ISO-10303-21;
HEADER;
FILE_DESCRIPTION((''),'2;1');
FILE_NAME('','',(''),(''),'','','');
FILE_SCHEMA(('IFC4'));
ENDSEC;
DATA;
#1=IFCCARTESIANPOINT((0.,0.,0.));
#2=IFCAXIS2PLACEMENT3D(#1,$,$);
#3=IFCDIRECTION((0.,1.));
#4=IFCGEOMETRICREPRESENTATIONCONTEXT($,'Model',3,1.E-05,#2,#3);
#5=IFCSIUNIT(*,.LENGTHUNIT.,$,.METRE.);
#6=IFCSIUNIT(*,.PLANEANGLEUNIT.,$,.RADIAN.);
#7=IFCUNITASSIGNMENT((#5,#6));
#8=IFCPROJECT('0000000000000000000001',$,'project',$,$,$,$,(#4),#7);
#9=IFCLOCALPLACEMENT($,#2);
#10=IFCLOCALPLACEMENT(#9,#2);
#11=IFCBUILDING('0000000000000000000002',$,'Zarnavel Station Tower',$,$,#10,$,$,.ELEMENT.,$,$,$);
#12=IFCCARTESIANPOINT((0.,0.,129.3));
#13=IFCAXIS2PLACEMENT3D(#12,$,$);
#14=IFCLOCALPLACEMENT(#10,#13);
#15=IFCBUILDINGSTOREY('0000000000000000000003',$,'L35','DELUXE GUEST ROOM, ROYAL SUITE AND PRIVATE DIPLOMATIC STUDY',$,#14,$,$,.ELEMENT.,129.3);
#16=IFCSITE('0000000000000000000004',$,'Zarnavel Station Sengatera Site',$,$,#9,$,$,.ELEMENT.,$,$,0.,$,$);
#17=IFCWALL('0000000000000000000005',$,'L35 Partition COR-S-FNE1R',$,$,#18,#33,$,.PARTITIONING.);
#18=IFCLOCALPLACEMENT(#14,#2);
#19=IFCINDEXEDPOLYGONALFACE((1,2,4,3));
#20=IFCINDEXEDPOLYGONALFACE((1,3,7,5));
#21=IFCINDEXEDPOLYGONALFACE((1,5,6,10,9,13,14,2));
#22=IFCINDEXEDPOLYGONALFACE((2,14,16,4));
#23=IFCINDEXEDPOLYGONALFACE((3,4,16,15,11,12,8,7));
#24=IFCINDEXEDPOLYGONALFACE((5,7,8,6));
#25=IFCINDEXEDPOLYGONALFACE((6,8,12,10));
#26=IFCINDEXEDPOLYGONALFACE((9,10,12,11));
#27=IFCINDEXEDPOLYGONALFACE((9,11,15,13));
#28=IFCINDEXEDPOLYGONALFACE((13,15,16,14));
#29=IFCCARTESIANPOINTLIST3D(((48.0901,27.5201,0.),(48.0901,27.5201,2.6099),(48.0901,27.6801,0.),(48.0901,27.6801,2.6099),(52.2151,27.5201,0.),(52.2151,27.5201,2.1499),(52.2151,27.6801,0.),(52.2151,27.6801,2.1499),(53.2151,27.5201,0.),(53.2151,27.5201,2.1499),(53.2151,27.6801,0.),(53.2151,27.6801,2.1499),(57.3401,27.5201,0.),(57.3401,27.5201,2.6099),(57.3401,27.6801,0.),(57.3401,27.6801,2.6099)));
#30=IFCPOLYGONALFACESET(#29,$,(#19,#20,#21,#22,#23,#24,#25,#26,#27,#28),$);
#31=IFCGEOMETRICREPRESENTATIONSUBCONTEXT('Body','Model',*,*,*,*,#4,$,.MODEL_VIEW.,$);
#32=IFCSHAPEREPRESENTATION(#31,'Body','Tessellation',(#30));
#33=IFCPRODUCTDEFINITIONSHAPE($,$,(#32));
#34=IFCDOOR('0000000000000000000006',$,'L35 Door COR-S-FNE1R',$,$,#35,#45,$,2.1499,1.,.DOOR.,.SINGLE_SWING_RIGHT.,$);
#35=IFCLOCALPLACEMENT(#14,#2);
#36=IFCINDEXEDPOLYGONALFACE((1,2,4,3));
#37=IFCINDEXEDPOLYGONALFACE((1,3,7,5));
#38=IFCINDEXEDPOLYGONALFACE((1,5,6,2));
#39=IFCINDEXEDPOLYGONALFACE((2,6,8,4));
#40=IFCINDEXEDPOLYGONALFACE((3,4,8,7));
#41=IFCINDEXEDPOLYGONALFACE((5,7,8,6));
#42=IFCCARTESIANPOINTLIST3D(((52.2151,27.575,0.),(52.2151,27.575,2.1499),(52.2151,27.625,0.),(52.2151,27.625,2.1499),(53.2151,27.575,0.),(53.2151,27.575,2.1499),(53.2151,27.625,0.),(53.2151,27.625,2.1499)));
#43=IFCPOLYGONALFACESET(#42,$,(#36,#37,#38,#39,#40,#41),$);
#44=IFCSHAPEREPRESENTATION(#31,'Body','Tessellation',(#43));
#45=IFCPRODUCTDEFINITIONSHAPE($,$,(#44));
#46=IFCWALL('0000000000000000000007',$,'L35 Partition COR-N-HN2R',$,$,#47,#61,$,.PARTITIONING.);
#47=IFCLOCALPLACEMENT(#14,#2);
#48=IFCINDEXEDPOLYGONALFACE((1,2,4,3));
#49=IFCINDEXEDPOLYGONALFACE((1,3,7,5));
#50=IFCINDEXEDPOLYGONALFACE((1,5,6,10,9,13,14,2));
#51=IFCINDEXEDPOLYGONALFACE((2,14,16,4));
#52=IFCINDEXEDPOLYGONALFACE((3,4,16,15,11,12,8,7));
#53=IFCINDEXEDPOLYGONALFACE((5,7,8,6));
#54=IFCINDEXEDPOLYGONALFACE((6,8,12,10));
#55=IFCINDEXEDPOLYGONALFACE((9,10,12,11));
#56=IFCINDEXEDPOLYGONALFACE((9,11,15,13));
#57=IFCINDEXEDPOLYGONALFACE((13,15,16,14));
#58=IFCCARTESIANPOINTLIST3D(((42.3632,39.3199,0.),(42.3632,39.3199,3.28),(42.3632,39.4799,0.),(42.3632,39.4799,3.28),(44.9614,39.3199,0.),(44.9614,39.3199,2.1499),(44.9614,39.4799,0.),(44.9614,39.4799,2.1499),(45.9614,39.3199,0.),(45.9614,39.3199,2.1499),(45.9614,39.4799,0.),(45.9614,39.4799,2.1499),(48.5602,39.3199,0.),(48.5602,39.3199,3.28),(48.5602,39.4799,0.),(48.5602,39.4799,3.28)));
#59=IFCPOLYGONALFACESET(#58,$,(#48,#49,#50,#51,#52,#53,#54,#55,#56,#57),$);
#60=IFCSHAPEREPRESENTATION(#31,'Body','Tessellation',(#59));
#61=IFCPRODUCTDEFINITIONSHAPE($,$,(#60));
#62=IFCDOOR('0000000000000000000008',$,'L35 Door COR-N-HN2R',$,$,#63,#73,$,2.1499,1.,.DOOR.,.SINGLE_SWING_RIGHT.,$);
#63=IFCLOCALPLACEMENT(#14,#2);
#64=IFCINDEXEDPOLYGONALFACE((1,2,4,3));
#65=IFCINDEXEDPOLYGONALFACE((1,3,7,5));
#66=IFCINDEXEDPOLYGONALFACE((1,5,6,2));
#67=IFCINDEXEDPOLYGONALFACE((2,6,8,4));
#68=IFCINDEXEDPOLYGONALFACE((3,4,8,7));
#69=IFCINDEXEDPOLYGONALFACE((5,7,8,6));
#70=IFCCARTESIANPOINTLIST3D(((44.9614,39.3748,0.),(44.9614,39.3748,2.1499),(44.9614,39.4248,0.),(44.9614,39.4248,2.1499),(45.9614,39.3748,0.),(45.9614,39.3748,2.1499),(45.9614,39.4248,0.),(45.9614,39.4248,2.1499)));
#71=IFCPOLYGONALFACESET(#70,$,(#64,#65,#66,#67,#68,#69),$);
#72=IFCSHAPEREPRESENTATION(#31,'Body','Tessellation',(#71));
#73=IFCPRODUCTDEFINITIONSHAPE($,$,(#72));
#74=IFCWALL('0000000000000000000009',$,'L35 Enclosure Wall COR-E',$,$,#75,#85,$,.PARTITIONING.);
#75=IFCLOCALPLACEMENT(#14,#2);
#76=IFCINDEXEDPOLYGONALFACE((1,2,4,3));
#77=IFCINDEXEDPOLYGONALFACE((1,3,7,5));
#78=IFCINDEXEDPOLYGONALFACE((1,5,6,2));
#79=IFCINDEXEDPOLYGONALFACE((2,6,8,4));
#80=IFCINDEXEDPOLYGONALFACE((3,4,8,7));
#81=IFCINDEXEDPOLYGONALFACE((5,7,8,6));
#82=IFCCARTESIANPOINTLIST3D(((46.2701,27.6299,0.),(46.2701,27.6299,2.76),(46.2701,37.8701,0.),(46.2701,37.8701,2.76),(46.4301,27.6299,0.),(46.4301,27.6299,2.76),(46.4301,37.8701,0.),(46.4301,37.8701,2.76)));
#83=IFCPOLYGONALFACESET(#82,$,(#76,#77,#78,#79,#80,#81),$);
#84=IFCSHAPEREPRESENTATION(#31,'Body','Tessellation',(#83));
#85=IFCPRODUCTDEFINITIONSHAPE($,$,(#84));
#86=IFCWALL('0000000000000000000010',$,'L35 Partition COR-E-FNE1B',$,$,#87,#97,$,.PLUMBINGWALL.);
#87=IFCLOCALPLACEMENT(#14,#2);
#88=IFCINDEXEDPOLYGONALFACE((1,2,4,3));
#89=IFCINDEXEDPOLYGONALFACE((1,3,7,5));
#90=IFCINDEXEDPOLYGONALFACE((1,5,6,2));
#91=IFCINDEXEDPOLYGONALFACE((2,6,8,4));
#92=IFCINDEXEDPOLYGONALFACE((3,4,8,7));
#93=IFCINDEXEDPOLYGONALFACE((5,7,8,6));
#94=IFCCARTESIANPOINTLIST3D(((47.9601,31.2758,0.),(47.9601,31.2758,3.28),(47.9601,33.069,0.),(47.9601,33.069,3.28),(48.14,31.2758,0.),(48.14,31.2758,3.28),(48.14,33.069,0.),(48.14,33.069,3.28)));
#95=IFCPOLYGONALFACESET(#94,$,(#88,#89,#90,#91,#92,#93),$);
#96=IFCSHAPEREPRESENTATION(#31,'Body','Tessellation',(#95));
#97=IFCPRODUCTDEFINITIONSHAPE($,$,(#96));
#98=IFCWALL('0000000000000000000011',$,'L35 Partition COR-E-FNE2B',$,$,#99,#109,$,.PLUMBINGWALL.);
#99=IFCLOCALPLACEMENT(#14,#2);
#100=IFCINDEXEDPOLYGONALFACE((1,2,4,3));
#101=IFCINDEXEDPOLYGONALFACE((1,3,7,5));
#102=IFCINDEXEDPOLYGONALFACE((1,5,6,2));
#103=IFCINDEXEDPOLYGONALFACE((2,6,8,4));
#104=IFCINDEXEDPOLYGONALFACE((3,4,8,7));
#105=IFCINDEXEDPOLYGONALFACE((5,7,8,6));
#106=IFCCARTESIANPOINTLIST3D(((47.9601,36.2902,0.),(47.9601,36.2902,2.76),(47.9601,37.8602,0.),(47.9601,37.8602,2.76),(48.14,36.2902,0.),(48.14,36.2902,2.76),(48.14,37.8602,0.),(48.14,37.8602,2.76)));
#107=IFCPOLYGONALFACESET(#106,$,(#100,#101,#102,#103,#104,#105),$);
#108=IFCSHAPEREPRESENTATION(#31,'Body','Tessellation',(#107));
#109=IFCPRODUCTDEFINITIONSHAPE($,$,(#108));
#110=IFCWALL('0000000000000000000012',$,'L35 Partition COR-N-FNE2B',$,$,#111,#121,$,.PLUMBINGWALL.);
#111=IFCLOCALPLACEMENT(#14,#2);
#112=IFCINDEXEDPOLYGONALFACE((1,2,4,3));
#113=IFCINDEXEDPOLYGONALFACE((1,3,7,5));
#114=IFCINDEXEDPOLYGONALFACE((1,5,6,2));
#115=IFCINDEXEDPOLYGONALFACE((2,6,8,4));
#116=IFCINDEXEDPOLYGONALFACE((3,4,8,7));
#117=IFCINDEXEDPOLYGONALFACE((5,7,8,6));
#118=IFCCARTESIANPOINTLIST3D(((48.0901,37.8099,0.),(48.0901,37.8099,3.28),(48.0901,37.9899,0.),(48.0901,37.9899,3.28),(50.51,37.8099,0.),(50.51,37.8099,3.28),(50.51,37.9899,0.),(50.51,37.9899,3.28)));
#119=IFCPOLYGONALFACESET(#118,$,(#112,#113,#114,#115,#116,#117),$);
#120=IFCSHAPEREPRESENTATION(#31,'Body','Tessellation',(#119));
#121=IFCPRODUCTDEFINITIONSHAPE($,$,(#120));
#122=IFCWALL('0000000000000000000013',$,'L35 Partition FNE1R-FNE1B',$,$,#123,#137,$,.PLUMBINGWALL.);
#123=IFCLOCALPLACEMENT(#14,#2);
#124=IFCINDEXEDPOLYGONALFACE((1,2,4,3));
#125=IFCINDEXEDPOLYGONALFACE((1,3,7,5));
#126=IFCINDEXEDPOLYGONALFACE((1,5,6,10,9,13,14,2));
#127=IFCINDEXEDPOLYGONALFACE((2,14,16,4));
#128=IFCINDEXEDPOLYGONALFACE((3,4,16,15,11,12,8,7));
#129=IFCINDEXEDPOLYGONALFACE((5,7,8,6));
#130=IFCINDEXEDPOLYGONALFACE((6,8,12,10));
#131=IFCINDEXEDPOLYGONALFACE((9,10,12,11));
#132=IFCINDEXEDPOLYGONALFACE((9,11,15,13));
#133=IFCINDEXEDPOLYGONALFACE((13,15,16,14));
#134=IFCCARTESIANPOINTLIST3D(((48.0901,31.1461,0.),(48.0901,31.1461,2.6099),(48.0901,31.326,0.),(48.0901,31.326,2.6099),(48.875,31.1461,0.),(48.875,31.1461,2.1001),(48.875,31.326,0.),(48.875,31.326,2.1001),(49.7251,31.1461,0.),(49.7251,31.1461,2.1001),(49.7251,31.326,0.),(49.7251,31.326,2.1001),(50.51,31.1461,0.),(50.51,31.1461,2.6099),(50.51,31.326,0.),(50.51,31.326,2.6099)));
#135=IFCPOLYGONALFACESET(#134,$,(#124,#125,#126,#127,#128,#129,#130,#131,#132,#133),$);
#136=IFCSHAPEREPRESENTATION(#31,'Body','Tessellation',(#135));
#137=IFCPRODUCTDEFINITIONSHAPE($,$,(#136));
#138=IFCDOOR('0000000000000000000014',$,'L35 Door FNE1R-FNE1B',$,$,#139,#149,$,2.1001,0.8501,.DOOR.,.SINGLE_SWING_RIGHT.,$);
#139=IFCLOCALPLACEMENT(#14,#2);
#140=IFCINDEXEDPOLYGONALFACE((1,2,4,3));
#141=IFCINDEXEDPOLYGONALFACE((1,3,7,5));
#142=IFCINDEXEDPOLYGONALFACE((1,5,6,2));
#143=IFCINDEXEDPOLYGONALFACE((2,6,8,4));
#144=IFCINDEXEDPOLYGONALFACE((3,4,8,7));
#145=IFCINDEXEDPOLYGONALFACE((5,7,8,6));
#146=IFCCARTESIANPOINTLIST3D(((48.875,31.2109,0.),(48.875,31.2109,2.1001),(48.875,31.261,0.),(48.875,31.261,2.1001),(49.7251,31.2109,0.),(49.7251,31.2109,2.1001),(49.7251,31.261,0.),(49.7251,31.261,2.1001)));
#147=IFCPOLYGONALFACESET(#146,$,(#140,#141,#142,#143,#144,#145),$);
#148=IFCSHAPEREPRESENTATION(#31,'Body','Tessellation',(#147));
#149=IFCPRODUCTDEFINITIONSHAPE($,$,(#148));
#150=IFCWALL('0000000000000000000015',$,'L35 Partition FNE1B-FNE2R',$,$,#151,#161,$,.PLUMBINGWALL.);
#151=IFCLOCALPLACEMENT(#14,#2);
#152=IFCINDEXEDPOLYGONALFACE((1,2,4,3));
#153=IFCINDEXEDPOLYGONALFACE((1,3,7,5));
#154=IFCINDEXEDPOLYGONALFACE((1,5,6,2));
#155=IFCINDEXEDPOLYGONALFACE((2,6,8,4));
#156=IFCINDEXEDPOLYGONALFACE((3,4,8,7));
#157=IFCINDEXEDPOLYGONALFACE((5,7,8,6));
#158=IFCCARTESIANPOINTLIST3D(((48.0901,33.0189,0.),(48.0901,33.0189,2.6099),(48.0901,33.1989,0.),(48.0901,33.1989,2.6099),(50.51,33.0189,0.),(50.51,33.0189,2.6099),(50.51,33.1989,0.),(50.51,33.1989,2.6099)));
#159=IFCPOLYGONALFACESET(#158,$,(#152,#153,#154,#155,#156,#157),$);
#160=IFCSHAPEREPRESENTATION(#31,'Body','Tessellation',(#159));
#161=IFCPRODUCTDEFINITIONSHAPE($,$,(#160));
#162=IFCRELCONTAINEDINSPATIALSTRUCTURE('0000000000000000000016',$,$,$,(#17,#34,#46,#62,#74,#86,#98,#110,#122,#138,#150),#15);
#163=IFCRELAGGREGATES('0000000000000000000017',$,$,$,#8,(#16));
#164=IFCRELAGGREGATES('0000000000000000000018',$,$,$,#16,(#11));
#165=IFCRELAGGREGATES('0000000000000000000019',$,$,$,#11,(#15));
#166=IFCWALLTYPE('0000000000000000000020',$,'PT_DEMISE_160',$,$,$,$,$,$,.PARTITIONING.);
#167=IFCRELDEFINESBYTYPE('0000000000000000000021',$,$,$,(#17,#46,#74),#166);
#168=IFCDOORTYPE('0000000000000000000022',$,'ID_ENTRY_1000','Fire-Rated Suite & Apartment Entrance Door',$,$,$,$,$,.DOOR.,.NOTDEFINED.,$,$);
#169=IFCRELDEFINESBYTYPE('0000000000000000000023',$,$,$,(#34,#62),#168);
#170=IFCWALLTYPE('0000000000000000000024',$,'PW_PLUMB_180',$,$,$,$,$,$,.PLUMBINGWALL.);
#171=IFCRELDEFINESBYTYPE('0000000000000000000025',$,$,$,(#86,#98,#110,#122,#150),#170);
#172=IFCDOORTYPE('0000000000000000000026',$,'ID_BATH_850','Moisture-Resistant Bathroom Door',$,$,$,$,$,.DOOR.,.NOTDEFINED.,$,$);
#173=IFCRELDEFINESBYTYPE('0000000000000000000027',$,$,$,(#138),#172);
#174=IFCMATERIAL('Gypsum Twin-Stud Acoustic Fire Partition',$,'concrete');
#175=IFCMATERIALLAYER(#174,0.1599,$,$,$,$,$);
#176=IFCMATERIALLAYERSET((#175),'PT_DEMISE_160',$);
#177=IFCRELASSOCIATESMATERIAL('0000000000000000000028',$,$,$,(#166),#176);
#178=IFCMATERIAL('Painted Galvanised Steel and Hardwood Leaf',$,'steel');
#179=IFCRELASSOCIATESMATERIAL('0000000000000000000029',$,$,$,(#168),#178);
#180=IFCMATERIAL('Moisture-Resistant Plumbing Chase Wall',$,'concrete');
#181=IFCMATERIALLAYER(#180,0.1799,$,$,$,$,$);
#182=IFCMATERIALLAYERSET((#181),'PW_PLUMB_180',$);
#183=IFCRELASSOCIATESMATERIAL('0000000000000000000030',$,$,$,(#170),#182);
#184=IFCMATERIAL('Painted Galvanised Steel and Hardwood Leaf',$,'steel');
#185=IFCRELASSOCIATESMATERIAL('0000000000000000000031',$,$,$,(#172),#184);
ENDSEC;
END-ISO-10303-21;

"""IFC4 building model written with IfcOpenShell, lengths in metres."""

from ifc_helpers import new_model, si_unit, direction, frame, frame_2d, origin, place, context, subcontext, project, spatial, rectangle, extrude, material, layer, layer_set, type_object, element, fill, save


model = new_model("IFC4")

# Units and contexts
model_context = context("Model", 3, precision=1e-05, world=origin(), true_north=direction((0.0, 1.0)))
body_context = subcontext(model_context, "Body", "Model", "MODEL_VIEW")
ifc_project = project(units=[si_unit("LENGTHUNIT", "METRE"), si_unit("PLANEANGLEUNIT", "RADIAN")], contexts=[model_context])

# Site, building, storey
site_placement = place(None, origin())
site = spatial("IfcSite", under=ifc_project, at=site_placement, Name="Zarnavel Station Sengatera Site", CompositionType="ELEMENT", RefElevation=0.0)
building_placement = place(site_placement, origin())
building = spatial("IfcBuilding", under=site, at=building_placement, Name="Zarnavel Station Tower", CompositionType="ELEMENT")
storey_placement = place(building_placement, frame((0.0, 0.0, 129.3)))
storey = spatial("IfcBuildingStorey", under=building, at=storey_placement, Name="L35", Description="DELUXE GUEST ROOM, ROYAL SUITE AND PRIVATE DIPLOMATIC STUDY", CompositionType="ELEMENT", Elevation=129.3)

# Walls, openings, doors
ifc_material_1 = material(Name="Gypsum Twin-Stud Acoustic Fire Partition", Category="concrete")
ifc_layer_1 = layer(ifc_material_1, 0.1599)
ifc_layer_set_1 = layer_set([ifc_layer_1], Name="PT_DEMISE_160")
wall_type_1 = type_object("IfcWallType", Name="PT_DEMISE_160", PredefinedType="PARTITIONING", material=ifc_layer_set_1)
wall_1_placement = place(storey_placement, frame((48.0901, 27.6001, 0.0), z_axis=(0.0, 0.0, 1.0), x_axis=(1.0, 0.0, 0.0)))
wall_1 = element("IfcWall", 1, at=wall_1_placement, inside=storey, type_object=wall_type_1, Name="L35 Partition COR-S-FNE1R", PredefinedType="PARTITIONING", context=body_context, shape_type="SweptSolid", body=[
    extrude(rectangle(XDim=9.25, YDim=0.1599, at=frame_2d((4.625, 0.0))), origin(), (0.0, 0.0, 1.0), 2.6099),
])
opening_1_placement = place(wall_1_placement, frame((4.125, 0.0, 0.0)))
opening_1 = element("IfcOpeningElement", 2, at=opening_1_placement, cuts=wall_1, PredefinedType="OPENING", context=body_context, shape_type="SweptSolid", body=[
    extrude(rectangle(XDim=1.0, YDim=2.1499, at=frame_2d((0.5, 1.075))), frame((0.0, 0.0898, 0.0), z_axis=(0.0, -1.0, 0.0), x_axis=(1.0, 0.0, 0.0)), (0.0, 0.0, 1.0), 0.1799),
])
ifc_material_2 = material(Name="Painted Galvanised Steel and Hardwood Leaf", Category="steel")
door_type_1 = type_object("IfcDoorType", Name="ID_ENTRY_1000", Description="Fire-Rated Suite & Apartment Entrance Door", OperationType="NOTDEFINED", PredefinedType="DOOR", material=ifc_material_2)
door_1_placement = place(opening_1_placement, origin())
door_1 = element("IfcDoor", 3, at=door_1_placement, inside=storey, type_object=door_type_1, Name="L35 Door COR-S-FNE1R", OperationType="SINGLE_SWING_RIGHT", OverallHeight=2.1499, OverallWidth=1.0, PredefinedType="DOOR", context=body_context, shape_type="SweptSolid", body=[
    extrude(rectangle(XDim=1.0, YDim=2.1499, at=frame_2d((0.5, 1.075))), frame((0.0, 0.0249, 0.0), z_axis=(0.0, -1.0, 0.0), x_axis=(1.0, 0.0, 0.0)), (0.0, 0.0, 1.0), 0.05),
])
fill(opening_1, door_1)
wall_2_placement = place(storey_placement, frame((42.363, 39.3999, 0.0), z_axis=(0.0, 0.0, 1.0), x_axis=(1.0, 0.0, 0.0)))
wall_2 = element("IfcWall", 4, at=wall_2_placement, inside=storey, type_object=wall_type_1, Name="L35 Partition COR-N-HN2R", PredefinedType="PARTITIONING", context=body_context, shape_type="SweptSolid", body=[
    extrude(rectangle(XDim=6.197, YDim=0.1599, at=frame_2d((3.0986, 0.0))), origin(), (0.0, 0.0, 1.0), 3.28),
])
opening_2_placement = place(wall_2_placement, frame((2.5984, 0.0, 0.0)))
opening_2 = element("IfcOpeningElement", 5, at=opening_2_placement, cuts=wall_2, PredefinedType="OPENING", context=body_context, shape_type="SweptSolid", body=[
    extrude(rectangle(XDim=1.0, YDim=2.1499, at=frame_2d((0.5, 1.075))), frame((0.0, 0.0898, 0.0), z_axis=(0.0, -1.0, 0.0), x_axis=(1.0, 0.0, 0.0)), (0.0, 0.0, 1.0), 0.1799),
])
door_2_placement = place(opening_2_placement, origin())
door_2 = element("IfcDoor", 6, at=door_2_placement, inside=storey, type_object=door_type_1, Name="L35 Door COR-N-HN2R", OperationType="SINGLE_SWING_RIGHT", OverallHeight=2.1499, OverallWidth=1.0, PredefinedType="DOOR", context=body_context, shape_type="SweptSolid", body=[
    extrude(rectangle(XDim=1.0, YDim=2.1499, at=frame_2d((0.5, 1.075))), frame((0.0, 0.0249, 0.0), z_axis=(0.0, -1.0, 0.0), x_axis=(1.0, 0.0, 0.0)), (0.0, 0.0, 1.0), 0.05),
])
fill(opening_2, door_2)

# Walls
wall_3_placement = place(storey_placement, frame((46.3501, 27.6299, 0.0), z_axis=(0.0, 0.0, 1.0), x_axis=(0.0, 1.0, 0.0)))
element("IfcWall", 7, at=wall_3_placement, inside=storey, type_object=wall_type_1, Name="L35 Enclosure Wall COR-E", PredefinedType="PARTITIONING", context=body_context, shape_type="SweptSolid", body=[
    extrude(rectangle(XDim=10.2402, YDim=0.1599, at=frame_2d((5.1201, 0.0))), origin(), (0.0, 0.0, 1.0), 2.76),
])
ifc_material_3 = material(Name="Moisture-Resistant Plumbing Chase Wall", Category="concrete")
ifc_layer_2 = layer(ifc_material_3, 0.1799)
ifc_layer_set_2 = layer_set([ifc_layer_2], Name="PW_PLUMB_180")
wall_type_2 = type_object("IfcWallType", Name="PW_PLUMB_180", PredefinedType="PLUMBINGWALL", material=ifc_layer_set_2)
wall_4_placement = place(storey_placement, frame((48.05, 31.2759, 0.0), z_axis=(0.0, 0.0, 1.0), x_axis=(0.0, 1.0, 0.0)))
element("IfcWall", 8, at=wall_4_placement, inside=storey, type_object=wall_type_2, Name="L35 Partition COR-E-FNE1B", PredefinedType="PLUMBINGWALL", context=body_context, shape_type="SweptSolid", body=[
    extrude(rectangle(XDim=1.7932, YDim=0.1799, at=frame_2d((0.8965, 0.0))), origin(), (0.0, 0.0, 1.0), 3.28),
])
wall_5_placement = place(storey_placement, frame((48.05, 36.29, 0.0), z_axis=(0.0, 0.0, 1.0), x_axis=(0.0, 1.0, 0.0)))
element("IfcWall", 9, at=wall_5_placement, inside=storey, type_object=wall_type_2, Name="L35 Partition COR-E-FNE2B", PredefinedType="PLUMBINGWALL", context=body_context, shape_type="SweptSolid", body=[
    extrude(rectangle(XDim=1.5701, YDim=0.1799, at=frame_2d((0.7852, 0.0))), origin(), (0.0, 0.0, 1.0), 2.76),
])
wall_6_placement = place(storey_placement, frame((48.0901, 37.8999, 0.0), z_axis=(0.0, 0.0, 1.0), x_axis=(1.0, 0.0, 0.0)))
element("IfcWall", 10, at=wall_6_placement, inside=storey, type_object=wall_type_2, Name="L35 Partition COR-N-FNE2B", PredefinedType="PLUMBINGWALL", context=body_context, shape_type="SweptSolid", body=[
    extrude(rectangle(XDim=2.4199, YDim=0.1799, at=frame_2d((1.21, 0.0))), origin(), (0.0, 0.0, 1.0), 3.28),
])

# Wall, opening, door
wall_7_placement = place(storey_placement, frame((48.0901, 31.2361, 0.0), z_axis=(0.0, 0.0, 1.0), x_axis=(1.0, 0.0, 0.0)))
wall_7 = element("IfcWall", 11, at=wall_7_placement, inside=storey, type_object=wall_type_2, Name="L35 Partition FNE1R-FNE1B", PredefinedType="PLUMBINGWALL", context=body_context, shape_type="SweptSolid", body=[
    extrude(rectangle(XDim=2.4199, YDim=0.1799, at=frame_2d((1.21, 0.0))), origin(), (0.0, 0.0, 1.0), 2.6099),
])
opening_3_placement = place(wall_7_placement, frame((0.7849, 0.0, 0.0)))
opening_3 = element("IfcOpeningElement", 12, at=opening_3_placement, cuts=wall_7, PredefinedType="OPENING", context=body_context, shape_type="SweptSolid", body=[
    extrude(rectangle(XDim=0.8501, YDim=2.1001, at=frame_2d((0.425, 1.05))), frame((0.0, 0.0999, 0.0), z_axis=(0.0, -1.0, 0.0), x_axis=(1.0, 0.0, 0.0)), (0.0, 0.0, 1.0), 0.2),
])
ifc_material_4 = material(Name="Painted Galvanised Steel and Hardwood Leaf", Category="steel")
door_type_2 = type_object("IfcDoorType", Name="ID_BATH_850", Description="Moisture-Resistant Bathroom Door", OperationType="NOTDEFINED", PredefinedType="DOOR", material=ifc_material_4)
door_3_placement = place(opening_3_placement, origin())
door_3 = element("IfcDoor", 13, at=door_3_placement, inside=storey, type_object=door_type_2, Name="L35 Door FNE1R-FNE1B", OperationType="SINGLE_SWING_RIGHT", OverallHeight=2.1001, OverallWidth=0.8501, PredefinedType="DOOR", context=body_context, shape_type="SweptSolid", body=[
    extrude(rectangle(XDim=0.8501, YDim=2.1001, at=frame_2d((0.425, 1.05))), frame((0.0, 0.0249, 0.0), z_axis=(0.0, -1.0, 0.0), x_axis=(1.0, 0.0, 0.0)), (0.0, 0.0, 1.0), 0.05),
])
fill(opening_3, door_3)

# Wall
wall_8_placement = place(storey_placement, frame((48.0901, 33.1089, 0.0), z_axis=(0.0, 0.0, 1.0), x_axis=(1.0, 0.0, 0.0)))
element("IfcWall", 14, at=wall_8_placement, inside=storey, type_object=wall_type_2, Name="L35 Partition FNE1B-FNE2R", PredefinedType="PLUMBINGWALL", context=body_context, shape_type="SweptSolid", body=[
    extrude(rectangle(XDim=2.4199, YDim=0.1799, at=frame_2d((1.21, 0.0))), origin(), (0.0, 0.0, 1.0), 2.6099),
])

save(model, "model.ifc")
